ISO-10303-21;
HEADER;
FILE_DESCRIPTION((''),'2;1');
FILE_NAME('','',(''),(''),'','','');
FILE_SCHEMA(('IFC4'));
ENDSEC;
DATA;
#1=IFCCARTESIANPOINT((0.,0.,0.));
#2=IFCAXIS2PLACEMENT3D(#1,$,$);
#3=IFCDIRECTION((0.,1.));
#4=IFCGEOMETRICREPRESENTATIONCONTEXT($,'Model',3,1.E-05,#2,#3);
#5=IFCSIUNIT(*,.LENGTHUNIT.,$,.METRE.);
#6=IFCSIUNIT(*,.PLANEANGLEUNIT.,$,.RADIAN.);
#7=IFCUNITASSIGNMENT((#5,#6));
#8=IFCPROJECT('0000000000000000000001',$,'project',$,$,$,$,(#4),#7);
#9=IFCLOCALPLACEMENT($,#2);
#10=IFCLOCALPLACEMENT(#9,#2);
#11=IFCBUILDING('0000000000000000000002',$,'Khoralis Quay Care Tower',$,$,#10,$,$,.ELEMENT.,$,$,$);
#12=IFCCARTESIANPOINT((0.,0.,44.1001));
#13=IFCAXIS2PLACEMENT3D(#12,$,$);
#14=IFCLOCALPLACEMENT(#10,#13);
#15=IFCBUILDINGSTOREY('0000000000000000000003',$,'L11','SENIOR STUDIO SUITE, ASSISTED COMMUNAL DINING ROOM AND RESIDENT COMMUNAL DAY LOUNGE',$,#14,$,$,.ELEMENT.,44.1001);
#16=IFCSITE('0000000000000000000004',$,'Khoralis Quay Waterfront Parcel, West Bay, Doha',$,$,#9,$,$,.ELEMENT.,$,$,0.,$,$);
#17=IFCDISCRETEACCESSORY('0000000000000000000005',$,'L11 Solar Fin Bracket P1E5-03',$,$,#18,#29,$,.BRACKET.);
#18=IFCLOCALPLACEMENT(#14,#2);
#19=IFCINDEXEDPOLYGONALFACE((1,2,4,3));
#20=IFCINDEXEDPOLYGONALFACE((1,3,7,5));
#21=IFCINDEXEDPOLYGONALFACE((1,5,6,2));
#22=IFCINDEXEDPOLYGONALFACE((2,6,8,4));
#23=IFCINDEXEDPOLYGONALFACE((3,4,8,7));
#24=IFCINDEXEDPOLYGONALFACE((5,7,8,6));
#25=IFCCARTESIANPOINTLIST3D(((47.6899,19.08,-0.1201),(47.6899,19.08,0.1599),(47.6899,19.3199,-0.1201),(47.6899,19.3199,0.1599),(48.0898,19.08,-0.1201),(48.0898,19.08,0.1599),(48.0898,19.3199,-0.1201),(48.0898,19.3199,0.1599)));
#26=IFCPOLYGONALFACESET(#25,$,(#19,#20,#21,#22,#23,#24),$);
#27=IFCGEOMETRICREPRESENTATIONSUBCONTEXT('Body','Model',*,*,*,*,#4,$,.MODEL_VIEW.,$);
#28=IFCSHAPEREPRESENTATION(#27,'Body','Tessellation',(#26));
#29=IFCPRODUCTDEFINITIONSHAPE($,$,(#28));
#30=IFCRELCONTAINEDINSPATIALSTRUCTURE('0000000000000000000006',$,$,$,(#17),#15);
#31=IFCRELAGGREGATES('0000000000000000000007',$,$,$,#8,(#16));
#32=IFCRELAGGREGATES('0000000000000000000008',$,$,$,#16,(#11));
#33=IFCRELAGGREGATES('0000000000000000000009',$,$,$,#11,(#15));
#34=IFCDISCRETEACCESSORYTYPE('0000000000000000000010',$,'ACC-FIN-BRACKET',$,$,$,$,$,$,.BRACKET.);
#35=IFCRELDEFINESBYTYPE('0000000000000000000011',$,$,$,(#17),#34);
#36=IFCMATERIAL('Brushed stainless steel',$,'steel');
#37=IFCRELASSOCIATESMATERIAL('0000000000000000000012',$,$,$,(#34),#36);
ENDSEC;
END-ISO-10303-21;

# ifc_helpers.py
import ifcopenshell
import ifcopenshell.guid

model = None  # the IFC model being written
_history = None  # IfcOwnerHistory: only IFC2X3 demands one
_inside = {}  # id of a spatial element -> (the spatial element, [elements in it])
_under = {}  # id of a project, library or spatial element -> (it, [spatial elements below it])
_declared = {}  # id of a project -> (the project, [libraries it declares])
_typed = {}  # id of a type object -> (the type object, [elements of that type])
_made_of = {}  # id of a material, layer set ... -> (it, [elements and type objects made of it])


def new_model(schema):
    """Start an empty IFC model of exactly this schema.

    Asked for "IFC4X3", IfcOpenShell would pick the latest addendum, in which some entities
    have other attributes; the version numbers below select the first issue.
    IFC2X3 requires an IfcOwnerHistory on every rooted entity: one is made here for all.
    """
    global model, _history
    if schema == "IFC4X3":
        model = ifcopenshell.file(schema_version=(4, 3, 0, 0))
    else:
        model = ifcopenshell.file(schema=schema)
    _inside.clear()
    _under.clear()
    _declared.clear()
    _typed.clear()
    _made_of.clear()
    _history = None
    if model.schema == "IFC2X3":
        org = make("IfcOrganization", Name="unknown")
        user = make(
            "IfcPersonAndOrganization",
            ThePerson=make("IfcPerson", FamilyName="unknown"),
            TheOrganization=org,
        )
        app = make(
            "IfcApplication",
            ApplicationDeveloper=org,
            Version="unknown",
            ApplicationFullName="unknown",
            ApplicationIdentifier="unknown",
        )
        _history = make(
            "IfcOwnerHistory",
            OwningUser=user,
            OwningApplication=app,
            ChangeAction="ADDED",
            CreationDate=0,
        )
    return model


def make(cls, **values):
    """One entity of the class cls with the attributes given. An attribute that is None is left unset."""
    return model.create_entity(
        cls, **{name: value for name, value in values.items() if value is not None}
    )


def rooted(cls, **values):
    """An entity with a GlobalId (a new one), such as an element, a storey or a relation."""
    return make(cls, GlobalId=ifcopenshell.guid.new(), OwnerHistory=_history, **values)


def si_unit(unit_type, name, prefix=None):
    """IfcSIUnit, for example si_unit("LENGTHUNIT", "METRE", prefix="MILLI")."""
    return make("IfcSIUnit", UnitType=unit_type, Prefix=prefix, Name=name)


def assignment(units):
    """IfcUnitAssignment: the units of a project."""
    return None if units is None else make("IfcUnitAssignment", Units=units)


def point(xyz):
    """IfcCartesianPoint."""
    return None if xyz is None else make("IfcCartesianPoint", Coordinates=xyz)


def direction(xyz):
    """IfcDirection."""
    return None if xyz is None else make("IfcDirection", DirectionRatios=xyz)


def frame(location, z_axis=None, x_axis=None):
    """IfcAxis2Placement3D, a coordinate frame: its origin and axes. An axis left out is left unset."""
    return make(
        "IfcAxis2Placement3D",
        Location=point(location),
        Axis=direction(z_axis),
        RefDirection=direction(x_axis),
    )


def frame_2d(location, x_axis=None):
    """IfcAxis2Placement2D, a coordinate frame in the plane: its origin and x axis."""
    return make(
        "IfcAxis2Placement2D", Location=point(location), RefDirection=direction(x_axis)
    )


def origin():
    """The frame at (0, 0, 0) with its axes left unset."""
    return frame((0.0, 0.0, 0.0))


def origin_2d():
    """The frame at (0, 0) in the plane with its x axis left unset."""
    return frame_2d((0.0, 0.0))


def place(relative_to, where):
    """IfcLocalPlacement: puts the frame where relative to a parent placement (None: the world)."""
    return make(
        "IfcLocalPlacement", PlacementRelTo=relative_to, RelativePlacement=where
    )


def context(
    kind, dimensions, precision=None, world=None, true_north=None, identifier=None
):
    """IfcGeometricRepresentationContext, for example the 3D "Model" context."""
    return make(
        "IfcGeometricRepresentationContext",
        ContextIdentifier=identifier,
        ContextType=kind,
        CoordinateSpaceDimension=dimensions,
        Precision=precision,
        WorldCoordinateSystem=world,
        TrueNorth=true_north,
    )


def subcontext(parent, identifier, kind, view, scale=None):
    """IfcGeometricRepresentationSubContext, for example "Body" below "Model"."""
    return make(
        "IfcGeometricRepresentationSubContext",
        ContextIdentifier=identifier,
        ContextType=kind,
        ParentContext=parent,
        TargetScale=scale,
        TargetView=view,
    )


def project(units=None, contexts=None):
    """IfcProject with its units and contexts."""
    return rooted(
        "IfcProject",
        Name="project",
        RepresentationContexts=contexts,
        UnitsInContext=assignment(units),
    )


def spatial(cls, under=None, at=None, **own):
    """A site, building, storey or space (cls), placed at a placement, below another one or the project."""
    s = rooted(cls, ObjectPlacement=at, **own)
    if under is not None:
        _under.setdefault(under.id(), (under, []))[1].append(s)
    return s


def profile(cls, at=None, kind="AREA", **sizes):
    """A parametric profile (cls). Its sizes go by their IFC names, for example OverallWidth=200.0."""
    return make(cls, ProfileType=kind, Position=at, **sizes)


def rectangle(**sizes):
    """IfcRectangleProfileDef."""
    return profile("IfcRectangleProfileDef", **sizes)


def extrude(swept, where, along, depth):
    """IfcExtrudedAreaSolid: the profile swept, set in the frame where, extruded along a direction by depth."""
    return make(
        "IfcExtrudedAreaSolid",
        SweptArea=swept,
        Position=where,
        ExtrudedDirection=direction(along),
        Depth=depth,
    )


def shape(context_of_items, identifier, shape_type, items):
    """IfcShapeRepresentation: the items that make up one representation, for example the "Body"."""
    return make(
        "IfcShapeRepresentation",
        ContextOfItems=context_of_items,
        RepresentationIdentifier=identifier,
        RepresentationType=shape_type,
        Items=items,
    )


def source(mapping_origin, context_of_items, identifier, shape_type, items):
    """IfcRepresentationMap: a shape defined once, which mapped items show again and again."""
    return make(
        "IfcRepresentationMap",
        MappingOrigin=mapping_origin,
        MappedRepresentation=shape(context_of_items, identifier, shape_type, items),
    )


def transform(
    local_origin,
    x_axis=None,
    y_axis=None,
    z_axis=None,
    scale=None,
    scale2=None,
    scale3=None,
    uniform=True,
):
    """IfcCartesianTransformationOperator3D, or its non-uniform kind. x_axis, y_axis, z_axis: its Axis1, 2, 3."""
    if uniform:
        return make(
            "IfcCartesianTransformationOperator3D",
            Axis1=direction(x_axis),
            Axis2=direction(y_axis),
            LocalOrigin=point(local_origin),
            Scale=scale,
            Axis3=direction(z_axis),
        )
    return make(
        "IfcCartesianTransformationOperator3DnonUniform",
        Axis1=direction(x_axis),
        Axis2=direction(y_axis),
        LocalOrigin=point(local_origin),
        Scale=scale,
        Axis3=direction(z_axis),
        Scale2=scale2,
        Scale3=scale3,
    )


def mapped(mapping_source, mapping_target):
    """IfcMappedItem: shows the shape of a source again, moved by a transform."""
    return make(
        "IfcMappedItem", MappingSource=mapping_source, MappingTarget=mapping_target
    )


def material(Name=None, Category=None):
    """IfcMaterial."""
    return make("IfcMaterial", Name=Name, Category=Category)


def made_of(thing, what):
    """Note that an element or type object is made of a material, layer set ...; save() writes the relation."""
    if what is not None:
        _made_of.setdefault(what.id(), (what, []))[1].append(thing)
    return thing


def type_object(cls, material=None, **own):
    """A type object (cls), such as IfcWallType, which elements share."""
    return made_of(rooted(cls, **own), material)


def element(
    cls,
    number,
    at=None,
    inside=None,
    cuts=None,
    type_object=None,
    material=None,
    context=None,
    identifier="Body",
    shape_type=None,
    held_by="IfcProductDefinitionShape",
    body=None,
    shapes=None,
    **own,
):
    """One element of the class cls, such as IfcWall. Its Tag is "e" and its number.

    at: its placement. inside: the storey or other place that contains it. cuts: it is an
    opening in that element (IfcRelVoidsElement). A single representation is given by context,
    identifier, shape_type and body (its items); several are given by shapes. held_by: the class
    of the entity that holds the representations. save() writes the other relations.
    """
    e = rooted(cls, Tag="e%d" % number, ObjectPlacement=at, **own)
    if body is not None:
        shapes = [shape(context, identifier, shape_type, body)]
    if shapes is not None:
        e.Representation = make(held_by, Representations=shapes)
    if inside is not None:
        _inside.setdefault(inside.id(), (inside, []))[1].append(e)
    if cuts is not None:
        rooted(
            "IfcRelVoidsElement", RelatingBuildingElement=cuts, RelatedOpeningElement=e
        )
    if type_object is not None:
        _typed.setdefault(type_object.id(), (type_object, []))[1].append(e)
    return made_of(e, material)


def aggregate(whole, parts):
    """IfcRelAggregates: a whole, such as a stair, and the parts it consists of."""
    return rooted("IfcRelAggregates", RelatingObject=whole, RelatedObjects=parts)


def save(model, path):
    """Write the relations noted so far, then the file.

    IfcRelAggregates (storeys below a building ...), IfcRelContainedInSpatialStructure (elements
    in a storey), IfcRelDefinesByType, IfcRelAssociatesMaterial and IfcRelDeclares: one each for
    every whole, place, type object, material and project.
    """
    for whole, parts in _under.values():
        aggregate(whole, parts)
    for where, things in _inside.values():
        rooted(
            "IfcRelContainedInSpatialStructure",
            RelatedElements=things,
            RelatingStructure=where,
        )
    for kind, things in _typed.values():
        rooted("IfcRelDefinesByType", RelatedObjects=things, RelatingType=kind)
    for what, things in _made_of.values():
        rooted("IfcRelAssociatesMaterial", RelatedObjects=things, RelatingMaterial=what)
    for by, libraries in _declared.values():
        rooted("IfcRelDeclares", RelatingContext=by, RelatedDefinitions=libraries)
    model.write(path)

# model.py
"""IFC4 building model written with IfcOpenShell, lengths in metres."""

from ifc_helpers import new_model, si_unit, direction, frame, origin, origin_2d, place, context, subcontext, project, spatial, rectangle, extrude, source, transform, mapped, material, type_object, element, save


model = new_model("IFC4")

# Units and contexts
model_context = context("Model", 3, precision=1e-05, world=origin(), true_north=direction((0.0, 1.0)))
body_context = subcontext(model_context, "Body", "Model", "MODEL_VIEW")
ifc_project = project(units=[si_unit("LENGTHUNIT", "METRE"), si_unit("PLANEANGLEUNIT", "RADIAN")], contexts=[model_context])

# Site, building, storey
site_placement = place(None, origin())
site = spatial("IfcSite", under=ifc_project, at=site_placement, Name="Khoralis Quay Waterfront Parcel, West Bay, Doha", CompositionType="ELEMENT", RefElevation=0.0)
building_placement = place(site_placement, origin())
building = spatial("IfcBuilding", under=site, at=building_placement, Name="Khoralis Quay Care Tower", CompositionType="ELEMENT")
storey_placement = place(building_placement, frame((0.0, 0.0, 44.1001)))
storey = spatial("IfcBuildingStorey", under=building, at=storey_placement, Name="L11", Description="SENIOR STUDIO SUITE, ASSISTED COMMUNAL DINING ROOM AND RESIDENT COMMUNAL DAY LOUNGE", CompositionType="ELEMENT", Elevation=44.1001)

# Shared definitions
ifc_material_1 = material(Name="Brushed stainless steel", Category="steel")

# Discrete accessory
discrete_accessory_type = type_object("IfcDiscreteAccessoryType", Name="ACC-FIN-BRACKET", PredefinedType="BRACKET", material=ifc_material_1)
shared_shape_1 = source(origin(), body_context, "Body", "SweptSolid", [
    extrude(rectangle(XDim=0.3999, YDim=0.24, at=origin_2d()), origin(), (0.0, 0.0, 1.0), 0.28),
])
for number, where, z_axis, x_axis, name in (
    (1, (47.8899, 19.2, -0.1201), (0.0, 0.0, 1.0), (1.0, 0.0, 0.0), "L11 Solar Fin Bracket P1E5-03"),
):
    element("IfcDiscreteAccessory", number, at=place(storey_placement, frame(where, z_axis=z_axis, x_axis=x_axis)), inside=storey, type_object=discrete_accessory_type, Name=name, PredefinedType="BRACKET", context=body_context, shape_type="MappedRepresentation", body=[
        mapped(shared_shape_1, transform((0.0, 0.0, 0.0), scale=1.0)),
    ])

save(model, "model.ifc")
